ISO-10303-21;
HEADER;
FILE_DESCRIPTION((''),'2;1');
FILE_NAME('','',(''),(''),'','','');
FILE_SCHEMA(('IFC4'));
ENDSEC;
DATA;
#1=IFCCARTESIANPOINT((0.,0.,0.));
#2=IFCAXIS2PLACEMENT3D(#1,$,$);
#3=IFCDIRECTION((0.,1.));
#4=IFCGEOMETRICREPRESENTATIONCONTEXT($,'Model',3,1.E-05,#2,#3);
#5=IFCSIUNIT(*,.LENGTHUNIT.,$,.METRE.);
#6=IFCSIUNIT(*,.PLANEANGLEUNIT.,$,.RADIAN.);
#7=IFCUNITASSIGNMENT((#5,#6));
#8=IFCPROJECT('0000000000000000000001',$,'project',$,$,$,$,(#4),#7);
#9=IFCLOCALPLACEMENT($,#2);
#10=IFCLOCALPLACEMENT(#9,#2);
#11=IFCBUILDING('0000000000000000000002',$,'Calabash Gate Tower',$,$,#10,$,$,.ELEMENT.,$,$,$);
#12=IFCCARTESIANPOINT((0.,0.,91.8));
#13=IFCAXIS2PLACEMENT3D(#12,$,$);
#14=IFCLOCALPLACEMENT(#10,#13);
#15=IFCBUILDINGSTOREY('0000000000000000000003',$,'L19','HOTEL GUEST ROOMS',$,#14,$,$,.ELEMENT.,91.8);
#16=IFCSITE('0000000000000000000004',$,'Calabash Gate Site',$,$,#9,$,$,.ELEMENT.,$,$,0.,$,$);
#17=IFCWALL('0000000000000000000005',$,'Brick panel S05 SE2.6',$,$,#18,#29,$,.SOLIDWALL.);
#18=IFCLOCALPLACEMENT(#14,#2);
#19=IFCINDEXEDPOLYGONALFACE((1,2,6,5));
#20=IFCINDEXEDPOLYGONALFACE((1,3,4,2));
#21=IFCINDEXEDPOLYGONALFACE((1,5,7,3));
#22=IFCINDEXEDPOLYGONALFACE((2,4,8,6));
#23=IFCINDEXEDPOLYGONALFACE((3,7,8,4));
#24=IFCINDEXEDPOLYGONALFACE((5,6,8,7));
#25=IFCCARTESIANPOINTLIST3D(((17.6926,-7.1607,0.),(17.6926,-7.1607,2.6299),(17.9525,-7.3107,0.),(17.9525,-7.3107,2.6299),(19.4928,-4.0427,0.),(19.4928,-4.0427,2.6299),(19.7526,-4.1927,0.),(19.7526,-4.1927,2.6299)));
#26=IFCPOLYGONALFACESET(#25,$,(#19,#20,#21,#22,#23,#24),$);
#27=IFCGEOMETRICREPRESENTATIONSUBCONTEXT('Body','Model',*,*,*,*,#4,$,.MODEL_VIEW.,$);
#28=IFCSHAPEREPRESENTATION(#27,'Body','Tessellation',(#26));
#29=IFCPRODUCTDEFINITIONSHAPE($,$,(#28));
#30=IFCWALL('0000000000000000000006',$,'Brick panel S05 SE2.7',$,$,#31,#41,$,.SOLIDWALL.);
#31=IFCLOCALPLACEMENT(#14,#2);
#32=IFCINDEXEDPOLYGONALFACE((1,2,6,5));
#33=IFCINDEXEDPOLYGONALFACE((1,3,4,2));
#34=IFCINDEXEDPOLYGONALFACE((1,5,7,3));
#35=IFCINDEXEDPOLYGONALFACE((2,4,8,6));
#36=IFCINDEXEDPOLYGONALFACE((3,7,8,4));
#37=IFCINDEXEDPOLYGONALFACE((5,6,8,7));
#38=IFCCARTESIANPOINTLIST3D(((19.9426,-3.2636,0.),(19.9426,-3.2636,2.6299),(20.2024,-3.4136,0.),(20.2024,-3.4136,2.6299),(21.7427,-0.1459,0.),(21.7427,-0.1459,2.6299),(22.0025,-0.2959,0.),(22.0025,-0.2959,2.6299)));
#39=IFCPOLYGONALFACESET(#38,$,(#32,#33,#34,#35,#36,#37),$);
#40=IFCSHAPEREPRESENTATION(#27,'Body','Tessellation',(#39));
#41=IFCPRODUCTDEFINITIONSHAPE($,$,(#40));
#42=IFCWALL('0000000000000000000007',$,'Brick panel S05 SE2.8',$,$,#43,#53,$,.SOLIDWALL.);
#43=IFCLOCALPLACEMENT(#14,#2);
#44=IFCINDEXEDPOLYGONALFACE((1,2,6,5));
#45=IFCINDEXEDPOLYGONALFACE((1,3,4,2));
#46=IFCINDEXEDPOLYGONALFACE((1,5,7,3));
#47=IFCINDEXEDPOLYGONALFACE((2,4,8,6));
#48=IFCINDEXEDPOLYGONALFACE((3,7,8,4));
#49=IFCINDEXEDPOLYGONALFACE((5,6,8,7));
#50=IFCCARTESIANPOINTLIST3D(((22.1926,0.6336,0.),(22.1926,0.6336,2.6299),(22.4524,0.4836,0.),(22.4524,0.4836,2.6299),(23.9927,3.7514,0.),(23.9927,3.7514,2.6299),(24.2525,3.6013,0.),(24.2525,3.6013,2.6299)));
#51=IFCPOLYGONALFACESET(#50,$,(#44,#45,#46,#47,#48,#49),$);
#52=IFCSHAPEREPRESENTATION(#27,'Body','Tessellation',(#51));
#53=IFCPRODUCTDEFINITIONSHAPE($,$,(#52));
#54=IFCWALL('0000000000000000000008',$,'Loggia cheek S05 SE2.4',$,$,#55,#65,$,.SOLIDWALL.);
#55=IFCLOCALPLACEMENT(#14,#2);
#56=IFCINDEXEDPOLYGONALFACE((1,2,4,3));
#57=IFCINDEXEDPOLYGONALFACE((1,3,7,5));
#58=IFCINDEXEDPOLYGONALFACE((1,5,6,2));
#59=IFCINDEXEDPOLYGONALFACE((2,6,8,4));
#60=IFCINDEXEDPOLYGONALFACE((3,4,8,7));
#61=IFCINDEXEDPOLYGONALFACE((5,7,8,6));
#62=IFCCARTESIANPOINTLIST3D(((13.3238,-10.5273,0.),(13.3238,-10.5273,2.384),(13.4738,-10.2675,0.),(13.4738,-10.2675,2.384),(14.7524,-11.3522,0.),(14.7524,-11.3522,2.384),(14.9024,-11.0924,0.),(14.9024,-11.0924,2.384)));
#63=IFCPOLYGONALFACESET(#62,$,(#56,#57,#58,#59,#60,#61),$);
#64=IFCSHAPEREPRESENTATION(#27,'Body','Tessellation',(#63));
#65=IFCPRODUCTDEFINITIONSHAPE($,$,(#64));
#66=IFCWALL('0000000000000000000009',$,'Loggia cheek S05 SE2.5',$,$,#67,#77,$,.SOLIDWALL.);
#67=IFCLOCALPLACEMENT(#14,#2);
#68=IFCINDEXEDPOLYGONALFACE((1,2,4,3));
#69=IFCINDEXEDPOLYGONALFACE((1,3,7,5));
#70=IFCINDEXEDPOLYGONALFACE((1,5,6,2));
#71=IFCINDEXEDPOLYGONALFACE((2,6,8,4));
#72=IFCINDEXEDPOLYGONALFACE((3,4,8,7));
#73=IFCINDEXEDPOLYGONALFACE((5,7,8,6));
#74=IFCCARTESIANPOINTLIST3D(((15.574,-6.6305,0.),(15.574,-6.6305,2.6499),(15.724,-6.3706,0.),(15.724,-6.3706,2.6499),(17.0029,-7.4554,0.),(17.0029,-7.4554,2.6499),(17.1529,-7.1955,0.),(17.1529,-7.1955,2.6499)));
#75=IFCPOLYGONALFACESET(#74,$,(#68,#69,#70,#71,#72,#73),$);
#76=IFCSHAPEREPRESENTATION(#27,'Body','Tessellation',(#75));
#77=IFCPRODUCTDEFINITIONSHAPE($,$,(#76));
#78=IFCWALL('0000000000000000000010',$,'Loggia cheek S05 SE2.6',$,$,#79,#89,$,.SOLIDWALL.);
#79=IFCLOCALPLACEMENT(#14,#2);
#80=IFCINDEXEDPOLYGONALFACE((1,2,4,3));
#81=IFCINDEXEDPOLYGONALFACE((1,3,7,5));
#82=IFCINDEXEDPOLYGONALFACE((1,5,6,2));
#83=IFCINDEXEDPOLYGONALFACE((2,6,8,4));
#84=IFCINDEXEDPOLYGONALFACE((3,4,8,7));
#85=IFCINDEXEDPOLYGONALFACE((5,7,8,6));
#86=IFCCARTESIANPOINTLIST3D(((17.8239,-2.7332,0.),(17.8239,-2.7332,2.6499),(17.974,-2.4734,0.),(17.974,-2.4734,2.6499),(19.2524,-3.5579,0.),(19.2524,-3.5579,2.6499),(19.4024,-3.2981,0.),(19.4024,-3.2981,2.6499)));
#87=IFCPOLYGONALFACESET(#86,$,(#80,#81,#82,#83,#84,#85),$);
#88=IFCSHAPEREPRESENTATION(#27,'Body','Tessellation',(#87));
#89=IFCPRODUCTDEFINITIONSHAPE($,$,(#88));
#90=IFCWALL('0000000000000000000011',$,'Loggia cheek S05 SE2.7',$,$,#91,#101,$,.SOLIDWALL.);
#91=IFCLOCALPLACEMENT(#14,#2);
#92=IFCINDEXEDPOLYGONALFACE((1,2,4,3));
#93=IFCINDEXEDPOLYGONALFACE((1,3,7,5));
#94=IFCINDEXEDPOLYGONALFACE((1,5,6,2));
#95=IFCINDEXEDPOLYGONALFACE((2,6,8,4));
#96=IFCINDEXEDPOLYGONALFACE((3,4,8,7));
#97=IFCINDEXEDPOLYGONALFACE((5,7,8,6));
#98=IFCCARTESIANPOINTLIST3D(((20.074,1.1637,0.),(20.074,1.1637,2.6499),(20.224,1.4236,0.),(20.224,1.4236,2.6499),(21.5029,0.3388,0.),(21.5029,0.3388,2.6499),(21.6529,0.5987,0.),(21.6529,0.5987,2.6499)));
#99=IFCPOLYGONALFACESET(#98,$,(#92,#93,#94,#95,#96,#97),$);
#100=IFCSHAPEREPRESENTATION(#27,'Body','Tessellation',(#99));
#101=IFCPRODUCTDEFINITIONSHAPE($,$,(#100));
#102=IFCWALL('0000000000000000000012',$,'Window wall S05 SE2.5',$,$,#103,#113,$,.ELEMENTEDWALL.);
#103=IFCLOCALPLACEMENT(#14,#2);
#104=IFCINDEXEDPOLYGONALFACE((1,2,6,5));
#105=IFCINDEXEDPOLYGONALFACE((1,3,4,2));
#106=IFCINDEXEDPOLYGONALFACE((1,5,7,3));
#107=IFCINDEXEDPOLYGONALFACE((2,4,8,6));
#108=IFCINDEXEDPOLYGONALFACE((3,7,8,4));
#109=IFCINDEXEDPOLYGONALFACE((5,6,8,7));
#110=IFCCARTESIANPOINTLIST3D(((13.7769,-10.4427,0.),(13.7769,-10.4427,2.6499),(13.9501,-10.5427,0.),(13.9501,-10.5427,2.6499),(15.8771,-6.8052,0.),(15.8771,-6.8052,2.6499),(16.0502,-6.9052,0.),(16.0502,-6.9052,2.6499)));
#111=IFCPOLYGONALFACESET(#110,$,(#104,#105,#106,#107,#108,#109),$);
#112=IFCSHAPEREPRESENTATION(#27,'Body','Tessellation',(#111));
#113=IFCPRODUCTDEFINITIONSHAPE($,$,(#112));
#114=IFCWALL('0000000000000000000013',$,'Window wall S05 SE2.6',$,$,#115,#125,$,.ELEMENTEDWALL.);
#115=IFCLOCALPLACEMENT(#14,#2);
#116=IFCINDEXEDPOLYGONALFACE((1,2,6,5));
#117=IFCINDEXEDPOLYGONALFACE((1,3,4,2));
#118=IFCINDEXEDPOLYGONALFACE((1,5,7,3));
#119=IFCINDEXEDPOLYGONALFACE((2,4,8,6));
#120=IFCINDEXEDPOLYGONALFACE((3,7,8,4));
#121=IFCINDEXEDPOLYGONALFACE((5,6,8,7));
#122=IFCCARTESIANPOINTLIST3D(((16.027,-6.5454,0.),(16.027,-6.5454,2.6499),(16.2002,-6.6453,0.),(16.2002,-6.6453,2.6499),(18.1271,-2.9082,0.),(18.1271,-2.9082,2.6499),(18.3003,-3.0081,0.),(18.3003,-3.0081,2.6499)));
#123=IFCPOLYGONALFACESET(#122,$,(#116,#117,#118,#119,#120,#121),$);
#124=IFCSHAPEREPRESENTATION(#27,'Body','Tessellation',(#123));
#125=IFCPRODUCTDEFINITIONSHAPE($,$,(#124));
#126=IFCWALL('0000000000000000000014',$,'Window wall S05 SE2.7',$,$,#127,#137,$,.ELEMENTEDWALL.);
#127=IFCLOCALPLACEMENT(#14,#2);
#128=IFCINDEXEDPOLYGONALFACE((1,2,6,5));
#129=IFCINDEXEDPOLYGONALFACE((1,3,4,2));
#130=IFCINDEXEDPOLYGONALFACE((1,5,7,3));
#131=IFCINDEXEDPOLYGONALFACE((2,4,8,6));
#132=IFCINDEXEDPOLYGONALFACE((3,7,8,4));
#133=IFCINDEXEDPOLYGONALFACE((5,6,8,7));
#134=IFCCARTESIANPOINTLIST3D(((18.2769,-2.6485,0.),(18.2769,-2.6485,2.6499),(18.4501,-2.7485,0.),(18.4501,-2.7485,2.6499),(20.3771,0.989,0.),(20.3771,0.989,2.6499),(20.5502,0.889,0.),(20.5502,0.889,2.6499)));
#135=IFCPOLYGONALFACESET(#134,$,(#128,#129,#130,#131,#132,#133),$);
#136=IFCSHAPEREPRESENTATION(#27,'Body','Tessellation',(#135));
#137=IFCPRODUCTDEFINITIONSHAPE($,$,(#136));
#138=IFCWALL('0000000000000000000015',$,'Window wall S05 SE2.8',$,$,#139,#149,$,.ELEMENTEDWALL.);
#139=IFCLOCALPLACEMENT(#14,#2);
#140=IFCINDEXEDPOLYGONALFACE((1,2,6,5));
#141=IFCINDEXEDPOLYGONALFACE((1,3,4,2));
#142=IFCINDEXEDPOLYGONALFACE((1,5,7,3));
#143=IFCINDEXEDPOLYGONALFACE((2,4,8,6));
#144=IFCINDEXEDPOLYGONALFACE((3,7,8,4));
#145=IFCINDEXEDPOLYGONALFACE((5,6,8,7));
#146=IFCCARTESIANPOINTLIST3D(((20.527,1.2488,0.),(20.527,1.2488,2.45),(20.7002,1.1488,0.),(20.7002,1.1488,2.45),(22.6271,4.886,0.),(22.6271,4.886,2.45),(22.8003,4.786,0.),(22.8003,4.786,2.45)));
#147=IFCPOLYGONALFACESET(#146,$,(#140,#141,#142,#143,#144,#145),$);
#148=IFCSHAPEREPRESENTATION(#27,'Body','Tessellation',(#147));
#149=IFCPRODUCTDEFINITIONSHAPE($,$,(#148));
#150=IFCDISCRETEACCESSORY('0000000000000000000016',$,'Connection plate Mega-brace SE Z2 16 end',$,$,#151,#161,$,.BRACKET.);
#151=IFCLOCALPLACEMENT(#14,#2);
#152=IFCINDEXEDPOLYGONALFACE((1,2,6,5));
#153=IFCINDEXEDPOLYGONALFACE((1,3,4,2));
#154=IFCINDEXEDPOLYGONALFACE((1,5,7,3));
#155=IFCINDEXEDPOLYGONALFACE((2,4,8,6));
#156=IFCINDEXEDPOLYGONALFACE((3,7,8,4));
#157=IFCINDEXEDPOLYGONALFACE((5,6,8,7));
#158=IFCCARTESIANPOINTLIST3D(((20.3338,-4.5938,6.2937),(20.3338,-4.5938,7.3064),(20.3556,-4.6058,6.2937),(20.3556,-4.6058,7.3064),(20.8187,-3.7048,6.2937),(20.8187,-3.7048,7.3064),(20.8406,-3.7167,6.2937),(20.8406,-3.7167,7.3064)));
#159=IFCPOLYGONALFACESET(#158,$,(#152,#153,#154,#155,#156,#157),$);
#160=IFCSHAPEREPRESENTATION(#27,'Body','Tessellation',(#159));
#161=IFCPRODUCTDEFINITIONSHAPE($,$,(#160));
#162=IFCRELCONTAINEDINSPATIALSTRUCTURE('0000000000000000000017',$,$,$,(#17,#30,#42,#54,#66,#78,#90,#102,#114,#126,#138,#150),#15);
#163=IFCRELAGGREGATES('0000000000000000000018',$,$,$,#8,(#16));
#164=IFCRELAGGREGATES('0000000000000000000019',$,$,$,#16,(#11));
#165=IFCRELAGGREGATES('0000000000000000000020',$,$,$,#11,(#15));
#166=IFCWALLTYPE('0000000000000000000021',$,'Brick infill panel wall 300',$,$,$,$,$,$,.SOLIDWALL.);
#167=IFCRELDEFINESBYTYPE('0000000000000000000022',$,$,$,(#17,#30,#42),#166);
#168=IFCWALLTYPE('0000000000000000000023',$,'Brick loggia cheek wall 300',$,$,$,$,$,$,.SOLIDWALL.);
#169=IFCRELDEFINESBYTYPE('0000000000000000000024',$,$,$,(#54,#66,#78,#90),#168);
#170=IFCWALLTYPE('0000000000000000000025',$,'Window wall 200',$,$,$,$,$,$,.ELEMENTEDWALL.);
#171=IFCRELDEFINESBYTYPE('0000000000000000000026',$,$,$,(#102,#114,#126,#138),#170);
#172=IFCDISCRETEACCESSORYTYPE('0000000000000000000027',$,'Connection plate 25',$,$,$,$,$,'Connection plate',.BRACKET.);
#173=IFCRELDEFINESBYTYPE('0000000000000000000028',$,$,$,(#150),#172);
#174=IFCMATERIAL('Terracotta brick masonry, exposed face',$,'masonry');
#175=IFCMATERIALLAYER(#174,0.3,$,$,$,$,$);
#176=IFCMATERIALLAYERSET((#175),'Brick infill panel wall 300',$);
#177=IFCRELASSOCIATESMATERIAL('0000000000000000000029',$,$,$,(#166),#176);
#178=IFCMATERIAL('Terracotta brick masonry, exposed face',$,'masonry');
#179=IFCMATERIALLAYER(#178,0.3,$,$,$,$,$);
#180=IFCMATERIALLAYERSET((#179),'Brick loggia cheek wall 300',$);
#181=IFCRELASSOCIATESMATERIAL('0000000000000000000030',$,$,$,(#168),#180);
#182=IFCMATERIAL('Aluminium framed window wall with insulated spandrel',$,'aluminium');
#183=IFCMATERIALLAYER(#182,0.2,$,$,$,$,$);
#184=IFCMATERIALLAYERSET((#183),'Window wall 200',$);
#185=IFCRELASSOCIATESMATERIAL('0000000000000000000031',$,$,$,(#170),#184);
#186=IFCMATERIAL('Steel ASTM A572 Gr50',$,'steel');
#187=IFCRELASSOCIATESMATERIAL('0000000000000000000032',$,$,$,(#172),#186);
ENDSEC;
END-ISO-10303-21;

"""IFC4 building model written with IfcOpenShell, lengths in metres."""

from ifc_helpers import new_model, si_unit, direction, frame, frame_2d, origin, origin_2d, place, context, subcontext, project, spatial, rectangle, extrude, material, layer, layer_set, type_object, element, save


model = new_model("IFC4")

# Units and contexts
model_context = context("Model", 3, precision=1e-05, world=origin(), true_north=direction((0.0, 1.0)))
body_context = subcontext(model_context, "Body", "Model", "MODEL_VIEW")
ifc_project = project(units=[si_unit("LENGTHUNIT", "METRE"), si_unit("PLANEANGLEUNIT", "RADIAN")], contexts=[model_context])

# Site, building, storey
site_placement = place(None, origin())
site = spatial("IfcSite", under=ifc_project, at=site_placement, Name="Calabash Gate Site", CompositionType="ELEMENT", RefElevation=0.0)
building_placement = place(site_placement, origin())
building = spatial("IfcBuilding", under=site, at=building_placement, Name="Calabash Gate Tower", CompositionType="ELEMENT")
storey_placement = place(building_placement, frame((0.0, 0.0, 91.8)))
storey = spatial("IfcBuildingStorey", under=building, at=storey_placement, Name="L19", Description="HOTEL GUEST ROOMS", CompositionType="ELEMENT", Elevation=91.8)

# Walls
ifc_material_1 = material(Name="Terracotta brick masonry, exposed face", Category="masonry")
ifc_layer_1 = layer(ifc_material_1, 0.3)
ifc_layer_set_1 = layer_set([ifc_layer_1], Name="Brick infill panel wall 300")
wall_type_1 = type_object("IfcWallType", Name="Brick infill panel wall 300", PredefinedType="SOLIDWALL", material=ifc_layer_set_1)
wall_1_placement = place(storey_placement, frame((17.8225, -7.2358, 0.0), z_axis=(0.0, 0.0, 1.0), x_axis=(0.499983, 0.866035, 0.0)))
element("IfcWall", 1, at=wall_1_placement, inside=storey, type_object=wall_type_1, Name="Brick panel S05 SE2.6", PredefinedType="SOLIDWALL", context=body_context, shape_type="SweptSolid", body=[
    extrude(rectangle(XDim=3.6003, YDim=0.3, at=frame_2d((1.8003, 0.0))), origin(), (0.0, 0.0, 1.0), 2.6299),
])
for number, where, z_axis, x_axis, name in (
    (2, (20.0725, -3.3386, 0.0), (0.0, 0.0, 1.0), (0.500012, 0.866018, 0.0), "Brick panel S05 SE2.7"),
    (3, (22.3225, 0.5586, 0.0), (0.0, 0.0, 1.0), (0.500012, 0.866018, 0.0), "Brick panel S05 SE2.8"),
):
    element("IfcWall", number, at=place(storey_placement, frame(where, z_axis=z_axis, x_axis=x_axis)), inside=storey, type_object=wall_type_1, Name=name, PredefinedType="SOLIDWALL", context=body_context, shape_type="SweptSolid", body=[
        extrude(rectangle(XDim=3.6001, YDim=0.3, at=frame_2d((1.8, 0.0))), origin(), (0.0, 0.0, 1.0), 2.6299),
    ])
ifc_material_2 = material(Name="Terracotta brick masonry, exposed face", Category="masonry")
ifc_layer_2 = layer(ifc_material_2, 0.3)
ifc_layer_set_2 = layer_set([ifc_layer_2], Name="Brick loggia cheek wall 300")
wall_type_2 = type_object("IfcWallType", Name="Brick loggia cheek wall 300", PredefinedType="SOLIDWALL", material=ifc_layer_set_2)
wall_2_placement = place(storey_placement, frame((13.3989, -10.3975, 0.0), z_axis=(0.0, 0.0, 1.0), x_axis=(0.866003, -0.500038, 0.0)))
element("IfcWall", 4, at=wall_2_placement, inside=storey, type_object=wall_type_2, Name="Loggia cheek S05 SE2.4", PredefinedType="SOLIDWALL", context=body_context, shape_type="SweptSolid", body=[
    extrude(rectangle(XDim=1.6497, YDim=0.3, at=frame_2d((0.8247, 0.0))), origin(), (0.0, 0.0, 1.0), 2.384),
])
wall_3_placement = place(storey_placement, frame((17.0779, -7.3254, 0.0), z_axis=(0.0, 0.0, 1.0), x_axis=(-0.86604, 0.499974, 0.0)))
element("IfcWall", 5, at=wall_3_placement, inside=storey, type_object=wall_type_2, Name="Loggia cheek S05 SE2.5", PredefinedType="SOLIDWALL", context=body_context, shape_type="SweptSolid", body=[
    extrude(rectangle(XDim=1.6499, YDim=0.3, at=frame_2d((0.825, 0.0))), origin(), (0.0, 0.0, 1.0), 2.6499),
])
wall_4_placement = place(storey_placement, frame((19.3274, -3.428, 0.0), z_axis=(0.0, 0.0, 1.0), x_axis=(-0.86603, 0.499992, 0.0)))
element("IfcWall", 6, at=wall_4_placement, inside=storey, type_object=wall_type_2, Name="Loggia cheek S05 SE2.6", PredefinedType="SOLIDWALL", context=body_context, shape_type="SweptSolid", body=[
    extrude(rectangle(XDim=1.6494, YDim=0.3, at=frame_2d((0.8247, 0.0))), origin(), (0.0, 0.0, 1.0), 2.6499),
])
wall_5_placement = place(storey_placement, frame((21.5779, 0.4688, 0.0), z_axis=(0.0, 0.0, 1.0), x_axis=(-0.86604, 0.499974, 0.0)))
element("IfcWall", 7, at=wall_5_placement, inside=storey, type_object=wall_type_2, Name="Loggia cheek S05 SE2.7", PredefinedType="SOLIDWALL", context=body_context, shape_type="SweptSolid", body=[
    extrude(rectangle(XDim=1.6499, YDim=0.3, at=frame_2d((0.825, 0.0))), origin(), (0.0, 0.0, 1.0), 2.6499),
])
ifc_material_3 = material(Name="Aluminium framed window wall with insulated spandrel", Category="aluminium")
ifc_layer_3 = layer(ifc_material_3, 0.2)
ifc_layer_set_3 = layer_set([ifc_layer_3], Name="Window wall 200")
wall_type_3 = type_object("IfcWallType", Name="Window wall 200", PredefinedType="ELEMENTEDWALL", material=ifc_layer_set_3)
wall_6_placement = place(storey_placement, frame((13.8635, -10.4927, 0.0), z_axis=(0.0, 0.0, 1.0), x_axis=(0.500003, 0.866024, 0.0)))
element("IfcWall", 8, at=wall_6_placement, inside=storey, type_object=wall_type_3, Name="Window wall S05 SE2.5", PredefinedType="ELEMENTEDWALL", context=body_context, shape_type="SweptSolid", body=[
    extrude(rectangle(XDim=4.2002, YDim=0.2, at=frame_2d((2.1001, 0.0))), origin(), (0.0, 0.0, 1.0), 2.6499),
])
wall_7_placement = place(storey_placement, frame((16.1135, -6.5955, 0.0), z_axis=(0.0, 0.0, 1.0), x_axis=(0.500028, 0.866009, 0.0)))
element("IfcWall", 9, at=wall_7_placement, inside=storey, type_object=wall_type_3, Name="Window wall S05 SE2.6", PredefinedType="ELEMENTEDWALL", context=body_context, shape_type="SweptSolid", body=[
    extrude(rectangle(XDim=4.2, YDim=0.2, at=frame_2d((2.1001, 0.0))), origin(), (0.0, 0.0, 1.0), 2.6499),
])
wall_8_placement = place(storey_placement, frame((18.3635, -2.6985, 0.0), z_axis=(0.0, 0.0, 1.0), x_axis=(0.500003, 0.866024, 0.0)))
element("IfcWall", 10, at=wall_8_placement, inside=storey, type_object=wall_type_3, Name="Window wall S05 SE2.7", PredefinedType="ELEMENTEDWALL", context=body_context, shape_type="SweptSolid", body=[
    extrude(rectangle(XDim=4.2002, YDim=0.2, at=frame_2d((2.1001, 0.0))), origin(), (0.0, 0.0, 1.0), 2.6499),
])
wall_9_placement = place(storey_placement, frame((20.6135, 1.1987, 0.0), z_axis=(0.0, 0.0, 1.0), x_axis=(0.500028, 0.866009, 0.0)))
element("IfcWall", 11, at=wall_9_placement, inside=storey, type_object=wall_type_3, Name="Window wall S05 SE2.8", PredefinedType="ELEMENTEDWALL", context=body_context, shape_type="SweptSolid", body=[
    extrude(rectangle(XDim=4.2, YDim=0.2, at=frame_2d((2.1001, 0.0))), origin(), (0.0, 0.0, 1.0), 2.45),
])

# Discrete accessory
ifc_material_4 = material(Name="Steel ASTM A572 Gr50", Category="steel")
discrete_accessory_type = type_object("IfcDiscreteAccessoryType", Name="Connection plate 25", ElementType="Connection plate", PredefinedType="BRACKET", material=ifc_material_4)
discrete_accessory_placement = place(storey_placement, frame((20.5872, -4.1553, 6.2937), z_axis=(0.0, 0.0, 1.0), x_axis=(-0.478857, -0.877893, 0.0)))
element("IfcDiscreteAccessory", 12, at=discrete_accessory_placement, inside=storey, type_object=discrete_accessory_type, Name="Connection plate Mega-brace SE Z2 16 end", PredefinedType="BRACKET", context=body_context, shape_type="SweptSolid", body=[
    extrude(rectangle(XDim=1.0127, YDim=0.0249, at=origin_2d()), origin(), (0.0, 0.0, 1.0), 1.0127),
])

save(model, "model.ifc")
